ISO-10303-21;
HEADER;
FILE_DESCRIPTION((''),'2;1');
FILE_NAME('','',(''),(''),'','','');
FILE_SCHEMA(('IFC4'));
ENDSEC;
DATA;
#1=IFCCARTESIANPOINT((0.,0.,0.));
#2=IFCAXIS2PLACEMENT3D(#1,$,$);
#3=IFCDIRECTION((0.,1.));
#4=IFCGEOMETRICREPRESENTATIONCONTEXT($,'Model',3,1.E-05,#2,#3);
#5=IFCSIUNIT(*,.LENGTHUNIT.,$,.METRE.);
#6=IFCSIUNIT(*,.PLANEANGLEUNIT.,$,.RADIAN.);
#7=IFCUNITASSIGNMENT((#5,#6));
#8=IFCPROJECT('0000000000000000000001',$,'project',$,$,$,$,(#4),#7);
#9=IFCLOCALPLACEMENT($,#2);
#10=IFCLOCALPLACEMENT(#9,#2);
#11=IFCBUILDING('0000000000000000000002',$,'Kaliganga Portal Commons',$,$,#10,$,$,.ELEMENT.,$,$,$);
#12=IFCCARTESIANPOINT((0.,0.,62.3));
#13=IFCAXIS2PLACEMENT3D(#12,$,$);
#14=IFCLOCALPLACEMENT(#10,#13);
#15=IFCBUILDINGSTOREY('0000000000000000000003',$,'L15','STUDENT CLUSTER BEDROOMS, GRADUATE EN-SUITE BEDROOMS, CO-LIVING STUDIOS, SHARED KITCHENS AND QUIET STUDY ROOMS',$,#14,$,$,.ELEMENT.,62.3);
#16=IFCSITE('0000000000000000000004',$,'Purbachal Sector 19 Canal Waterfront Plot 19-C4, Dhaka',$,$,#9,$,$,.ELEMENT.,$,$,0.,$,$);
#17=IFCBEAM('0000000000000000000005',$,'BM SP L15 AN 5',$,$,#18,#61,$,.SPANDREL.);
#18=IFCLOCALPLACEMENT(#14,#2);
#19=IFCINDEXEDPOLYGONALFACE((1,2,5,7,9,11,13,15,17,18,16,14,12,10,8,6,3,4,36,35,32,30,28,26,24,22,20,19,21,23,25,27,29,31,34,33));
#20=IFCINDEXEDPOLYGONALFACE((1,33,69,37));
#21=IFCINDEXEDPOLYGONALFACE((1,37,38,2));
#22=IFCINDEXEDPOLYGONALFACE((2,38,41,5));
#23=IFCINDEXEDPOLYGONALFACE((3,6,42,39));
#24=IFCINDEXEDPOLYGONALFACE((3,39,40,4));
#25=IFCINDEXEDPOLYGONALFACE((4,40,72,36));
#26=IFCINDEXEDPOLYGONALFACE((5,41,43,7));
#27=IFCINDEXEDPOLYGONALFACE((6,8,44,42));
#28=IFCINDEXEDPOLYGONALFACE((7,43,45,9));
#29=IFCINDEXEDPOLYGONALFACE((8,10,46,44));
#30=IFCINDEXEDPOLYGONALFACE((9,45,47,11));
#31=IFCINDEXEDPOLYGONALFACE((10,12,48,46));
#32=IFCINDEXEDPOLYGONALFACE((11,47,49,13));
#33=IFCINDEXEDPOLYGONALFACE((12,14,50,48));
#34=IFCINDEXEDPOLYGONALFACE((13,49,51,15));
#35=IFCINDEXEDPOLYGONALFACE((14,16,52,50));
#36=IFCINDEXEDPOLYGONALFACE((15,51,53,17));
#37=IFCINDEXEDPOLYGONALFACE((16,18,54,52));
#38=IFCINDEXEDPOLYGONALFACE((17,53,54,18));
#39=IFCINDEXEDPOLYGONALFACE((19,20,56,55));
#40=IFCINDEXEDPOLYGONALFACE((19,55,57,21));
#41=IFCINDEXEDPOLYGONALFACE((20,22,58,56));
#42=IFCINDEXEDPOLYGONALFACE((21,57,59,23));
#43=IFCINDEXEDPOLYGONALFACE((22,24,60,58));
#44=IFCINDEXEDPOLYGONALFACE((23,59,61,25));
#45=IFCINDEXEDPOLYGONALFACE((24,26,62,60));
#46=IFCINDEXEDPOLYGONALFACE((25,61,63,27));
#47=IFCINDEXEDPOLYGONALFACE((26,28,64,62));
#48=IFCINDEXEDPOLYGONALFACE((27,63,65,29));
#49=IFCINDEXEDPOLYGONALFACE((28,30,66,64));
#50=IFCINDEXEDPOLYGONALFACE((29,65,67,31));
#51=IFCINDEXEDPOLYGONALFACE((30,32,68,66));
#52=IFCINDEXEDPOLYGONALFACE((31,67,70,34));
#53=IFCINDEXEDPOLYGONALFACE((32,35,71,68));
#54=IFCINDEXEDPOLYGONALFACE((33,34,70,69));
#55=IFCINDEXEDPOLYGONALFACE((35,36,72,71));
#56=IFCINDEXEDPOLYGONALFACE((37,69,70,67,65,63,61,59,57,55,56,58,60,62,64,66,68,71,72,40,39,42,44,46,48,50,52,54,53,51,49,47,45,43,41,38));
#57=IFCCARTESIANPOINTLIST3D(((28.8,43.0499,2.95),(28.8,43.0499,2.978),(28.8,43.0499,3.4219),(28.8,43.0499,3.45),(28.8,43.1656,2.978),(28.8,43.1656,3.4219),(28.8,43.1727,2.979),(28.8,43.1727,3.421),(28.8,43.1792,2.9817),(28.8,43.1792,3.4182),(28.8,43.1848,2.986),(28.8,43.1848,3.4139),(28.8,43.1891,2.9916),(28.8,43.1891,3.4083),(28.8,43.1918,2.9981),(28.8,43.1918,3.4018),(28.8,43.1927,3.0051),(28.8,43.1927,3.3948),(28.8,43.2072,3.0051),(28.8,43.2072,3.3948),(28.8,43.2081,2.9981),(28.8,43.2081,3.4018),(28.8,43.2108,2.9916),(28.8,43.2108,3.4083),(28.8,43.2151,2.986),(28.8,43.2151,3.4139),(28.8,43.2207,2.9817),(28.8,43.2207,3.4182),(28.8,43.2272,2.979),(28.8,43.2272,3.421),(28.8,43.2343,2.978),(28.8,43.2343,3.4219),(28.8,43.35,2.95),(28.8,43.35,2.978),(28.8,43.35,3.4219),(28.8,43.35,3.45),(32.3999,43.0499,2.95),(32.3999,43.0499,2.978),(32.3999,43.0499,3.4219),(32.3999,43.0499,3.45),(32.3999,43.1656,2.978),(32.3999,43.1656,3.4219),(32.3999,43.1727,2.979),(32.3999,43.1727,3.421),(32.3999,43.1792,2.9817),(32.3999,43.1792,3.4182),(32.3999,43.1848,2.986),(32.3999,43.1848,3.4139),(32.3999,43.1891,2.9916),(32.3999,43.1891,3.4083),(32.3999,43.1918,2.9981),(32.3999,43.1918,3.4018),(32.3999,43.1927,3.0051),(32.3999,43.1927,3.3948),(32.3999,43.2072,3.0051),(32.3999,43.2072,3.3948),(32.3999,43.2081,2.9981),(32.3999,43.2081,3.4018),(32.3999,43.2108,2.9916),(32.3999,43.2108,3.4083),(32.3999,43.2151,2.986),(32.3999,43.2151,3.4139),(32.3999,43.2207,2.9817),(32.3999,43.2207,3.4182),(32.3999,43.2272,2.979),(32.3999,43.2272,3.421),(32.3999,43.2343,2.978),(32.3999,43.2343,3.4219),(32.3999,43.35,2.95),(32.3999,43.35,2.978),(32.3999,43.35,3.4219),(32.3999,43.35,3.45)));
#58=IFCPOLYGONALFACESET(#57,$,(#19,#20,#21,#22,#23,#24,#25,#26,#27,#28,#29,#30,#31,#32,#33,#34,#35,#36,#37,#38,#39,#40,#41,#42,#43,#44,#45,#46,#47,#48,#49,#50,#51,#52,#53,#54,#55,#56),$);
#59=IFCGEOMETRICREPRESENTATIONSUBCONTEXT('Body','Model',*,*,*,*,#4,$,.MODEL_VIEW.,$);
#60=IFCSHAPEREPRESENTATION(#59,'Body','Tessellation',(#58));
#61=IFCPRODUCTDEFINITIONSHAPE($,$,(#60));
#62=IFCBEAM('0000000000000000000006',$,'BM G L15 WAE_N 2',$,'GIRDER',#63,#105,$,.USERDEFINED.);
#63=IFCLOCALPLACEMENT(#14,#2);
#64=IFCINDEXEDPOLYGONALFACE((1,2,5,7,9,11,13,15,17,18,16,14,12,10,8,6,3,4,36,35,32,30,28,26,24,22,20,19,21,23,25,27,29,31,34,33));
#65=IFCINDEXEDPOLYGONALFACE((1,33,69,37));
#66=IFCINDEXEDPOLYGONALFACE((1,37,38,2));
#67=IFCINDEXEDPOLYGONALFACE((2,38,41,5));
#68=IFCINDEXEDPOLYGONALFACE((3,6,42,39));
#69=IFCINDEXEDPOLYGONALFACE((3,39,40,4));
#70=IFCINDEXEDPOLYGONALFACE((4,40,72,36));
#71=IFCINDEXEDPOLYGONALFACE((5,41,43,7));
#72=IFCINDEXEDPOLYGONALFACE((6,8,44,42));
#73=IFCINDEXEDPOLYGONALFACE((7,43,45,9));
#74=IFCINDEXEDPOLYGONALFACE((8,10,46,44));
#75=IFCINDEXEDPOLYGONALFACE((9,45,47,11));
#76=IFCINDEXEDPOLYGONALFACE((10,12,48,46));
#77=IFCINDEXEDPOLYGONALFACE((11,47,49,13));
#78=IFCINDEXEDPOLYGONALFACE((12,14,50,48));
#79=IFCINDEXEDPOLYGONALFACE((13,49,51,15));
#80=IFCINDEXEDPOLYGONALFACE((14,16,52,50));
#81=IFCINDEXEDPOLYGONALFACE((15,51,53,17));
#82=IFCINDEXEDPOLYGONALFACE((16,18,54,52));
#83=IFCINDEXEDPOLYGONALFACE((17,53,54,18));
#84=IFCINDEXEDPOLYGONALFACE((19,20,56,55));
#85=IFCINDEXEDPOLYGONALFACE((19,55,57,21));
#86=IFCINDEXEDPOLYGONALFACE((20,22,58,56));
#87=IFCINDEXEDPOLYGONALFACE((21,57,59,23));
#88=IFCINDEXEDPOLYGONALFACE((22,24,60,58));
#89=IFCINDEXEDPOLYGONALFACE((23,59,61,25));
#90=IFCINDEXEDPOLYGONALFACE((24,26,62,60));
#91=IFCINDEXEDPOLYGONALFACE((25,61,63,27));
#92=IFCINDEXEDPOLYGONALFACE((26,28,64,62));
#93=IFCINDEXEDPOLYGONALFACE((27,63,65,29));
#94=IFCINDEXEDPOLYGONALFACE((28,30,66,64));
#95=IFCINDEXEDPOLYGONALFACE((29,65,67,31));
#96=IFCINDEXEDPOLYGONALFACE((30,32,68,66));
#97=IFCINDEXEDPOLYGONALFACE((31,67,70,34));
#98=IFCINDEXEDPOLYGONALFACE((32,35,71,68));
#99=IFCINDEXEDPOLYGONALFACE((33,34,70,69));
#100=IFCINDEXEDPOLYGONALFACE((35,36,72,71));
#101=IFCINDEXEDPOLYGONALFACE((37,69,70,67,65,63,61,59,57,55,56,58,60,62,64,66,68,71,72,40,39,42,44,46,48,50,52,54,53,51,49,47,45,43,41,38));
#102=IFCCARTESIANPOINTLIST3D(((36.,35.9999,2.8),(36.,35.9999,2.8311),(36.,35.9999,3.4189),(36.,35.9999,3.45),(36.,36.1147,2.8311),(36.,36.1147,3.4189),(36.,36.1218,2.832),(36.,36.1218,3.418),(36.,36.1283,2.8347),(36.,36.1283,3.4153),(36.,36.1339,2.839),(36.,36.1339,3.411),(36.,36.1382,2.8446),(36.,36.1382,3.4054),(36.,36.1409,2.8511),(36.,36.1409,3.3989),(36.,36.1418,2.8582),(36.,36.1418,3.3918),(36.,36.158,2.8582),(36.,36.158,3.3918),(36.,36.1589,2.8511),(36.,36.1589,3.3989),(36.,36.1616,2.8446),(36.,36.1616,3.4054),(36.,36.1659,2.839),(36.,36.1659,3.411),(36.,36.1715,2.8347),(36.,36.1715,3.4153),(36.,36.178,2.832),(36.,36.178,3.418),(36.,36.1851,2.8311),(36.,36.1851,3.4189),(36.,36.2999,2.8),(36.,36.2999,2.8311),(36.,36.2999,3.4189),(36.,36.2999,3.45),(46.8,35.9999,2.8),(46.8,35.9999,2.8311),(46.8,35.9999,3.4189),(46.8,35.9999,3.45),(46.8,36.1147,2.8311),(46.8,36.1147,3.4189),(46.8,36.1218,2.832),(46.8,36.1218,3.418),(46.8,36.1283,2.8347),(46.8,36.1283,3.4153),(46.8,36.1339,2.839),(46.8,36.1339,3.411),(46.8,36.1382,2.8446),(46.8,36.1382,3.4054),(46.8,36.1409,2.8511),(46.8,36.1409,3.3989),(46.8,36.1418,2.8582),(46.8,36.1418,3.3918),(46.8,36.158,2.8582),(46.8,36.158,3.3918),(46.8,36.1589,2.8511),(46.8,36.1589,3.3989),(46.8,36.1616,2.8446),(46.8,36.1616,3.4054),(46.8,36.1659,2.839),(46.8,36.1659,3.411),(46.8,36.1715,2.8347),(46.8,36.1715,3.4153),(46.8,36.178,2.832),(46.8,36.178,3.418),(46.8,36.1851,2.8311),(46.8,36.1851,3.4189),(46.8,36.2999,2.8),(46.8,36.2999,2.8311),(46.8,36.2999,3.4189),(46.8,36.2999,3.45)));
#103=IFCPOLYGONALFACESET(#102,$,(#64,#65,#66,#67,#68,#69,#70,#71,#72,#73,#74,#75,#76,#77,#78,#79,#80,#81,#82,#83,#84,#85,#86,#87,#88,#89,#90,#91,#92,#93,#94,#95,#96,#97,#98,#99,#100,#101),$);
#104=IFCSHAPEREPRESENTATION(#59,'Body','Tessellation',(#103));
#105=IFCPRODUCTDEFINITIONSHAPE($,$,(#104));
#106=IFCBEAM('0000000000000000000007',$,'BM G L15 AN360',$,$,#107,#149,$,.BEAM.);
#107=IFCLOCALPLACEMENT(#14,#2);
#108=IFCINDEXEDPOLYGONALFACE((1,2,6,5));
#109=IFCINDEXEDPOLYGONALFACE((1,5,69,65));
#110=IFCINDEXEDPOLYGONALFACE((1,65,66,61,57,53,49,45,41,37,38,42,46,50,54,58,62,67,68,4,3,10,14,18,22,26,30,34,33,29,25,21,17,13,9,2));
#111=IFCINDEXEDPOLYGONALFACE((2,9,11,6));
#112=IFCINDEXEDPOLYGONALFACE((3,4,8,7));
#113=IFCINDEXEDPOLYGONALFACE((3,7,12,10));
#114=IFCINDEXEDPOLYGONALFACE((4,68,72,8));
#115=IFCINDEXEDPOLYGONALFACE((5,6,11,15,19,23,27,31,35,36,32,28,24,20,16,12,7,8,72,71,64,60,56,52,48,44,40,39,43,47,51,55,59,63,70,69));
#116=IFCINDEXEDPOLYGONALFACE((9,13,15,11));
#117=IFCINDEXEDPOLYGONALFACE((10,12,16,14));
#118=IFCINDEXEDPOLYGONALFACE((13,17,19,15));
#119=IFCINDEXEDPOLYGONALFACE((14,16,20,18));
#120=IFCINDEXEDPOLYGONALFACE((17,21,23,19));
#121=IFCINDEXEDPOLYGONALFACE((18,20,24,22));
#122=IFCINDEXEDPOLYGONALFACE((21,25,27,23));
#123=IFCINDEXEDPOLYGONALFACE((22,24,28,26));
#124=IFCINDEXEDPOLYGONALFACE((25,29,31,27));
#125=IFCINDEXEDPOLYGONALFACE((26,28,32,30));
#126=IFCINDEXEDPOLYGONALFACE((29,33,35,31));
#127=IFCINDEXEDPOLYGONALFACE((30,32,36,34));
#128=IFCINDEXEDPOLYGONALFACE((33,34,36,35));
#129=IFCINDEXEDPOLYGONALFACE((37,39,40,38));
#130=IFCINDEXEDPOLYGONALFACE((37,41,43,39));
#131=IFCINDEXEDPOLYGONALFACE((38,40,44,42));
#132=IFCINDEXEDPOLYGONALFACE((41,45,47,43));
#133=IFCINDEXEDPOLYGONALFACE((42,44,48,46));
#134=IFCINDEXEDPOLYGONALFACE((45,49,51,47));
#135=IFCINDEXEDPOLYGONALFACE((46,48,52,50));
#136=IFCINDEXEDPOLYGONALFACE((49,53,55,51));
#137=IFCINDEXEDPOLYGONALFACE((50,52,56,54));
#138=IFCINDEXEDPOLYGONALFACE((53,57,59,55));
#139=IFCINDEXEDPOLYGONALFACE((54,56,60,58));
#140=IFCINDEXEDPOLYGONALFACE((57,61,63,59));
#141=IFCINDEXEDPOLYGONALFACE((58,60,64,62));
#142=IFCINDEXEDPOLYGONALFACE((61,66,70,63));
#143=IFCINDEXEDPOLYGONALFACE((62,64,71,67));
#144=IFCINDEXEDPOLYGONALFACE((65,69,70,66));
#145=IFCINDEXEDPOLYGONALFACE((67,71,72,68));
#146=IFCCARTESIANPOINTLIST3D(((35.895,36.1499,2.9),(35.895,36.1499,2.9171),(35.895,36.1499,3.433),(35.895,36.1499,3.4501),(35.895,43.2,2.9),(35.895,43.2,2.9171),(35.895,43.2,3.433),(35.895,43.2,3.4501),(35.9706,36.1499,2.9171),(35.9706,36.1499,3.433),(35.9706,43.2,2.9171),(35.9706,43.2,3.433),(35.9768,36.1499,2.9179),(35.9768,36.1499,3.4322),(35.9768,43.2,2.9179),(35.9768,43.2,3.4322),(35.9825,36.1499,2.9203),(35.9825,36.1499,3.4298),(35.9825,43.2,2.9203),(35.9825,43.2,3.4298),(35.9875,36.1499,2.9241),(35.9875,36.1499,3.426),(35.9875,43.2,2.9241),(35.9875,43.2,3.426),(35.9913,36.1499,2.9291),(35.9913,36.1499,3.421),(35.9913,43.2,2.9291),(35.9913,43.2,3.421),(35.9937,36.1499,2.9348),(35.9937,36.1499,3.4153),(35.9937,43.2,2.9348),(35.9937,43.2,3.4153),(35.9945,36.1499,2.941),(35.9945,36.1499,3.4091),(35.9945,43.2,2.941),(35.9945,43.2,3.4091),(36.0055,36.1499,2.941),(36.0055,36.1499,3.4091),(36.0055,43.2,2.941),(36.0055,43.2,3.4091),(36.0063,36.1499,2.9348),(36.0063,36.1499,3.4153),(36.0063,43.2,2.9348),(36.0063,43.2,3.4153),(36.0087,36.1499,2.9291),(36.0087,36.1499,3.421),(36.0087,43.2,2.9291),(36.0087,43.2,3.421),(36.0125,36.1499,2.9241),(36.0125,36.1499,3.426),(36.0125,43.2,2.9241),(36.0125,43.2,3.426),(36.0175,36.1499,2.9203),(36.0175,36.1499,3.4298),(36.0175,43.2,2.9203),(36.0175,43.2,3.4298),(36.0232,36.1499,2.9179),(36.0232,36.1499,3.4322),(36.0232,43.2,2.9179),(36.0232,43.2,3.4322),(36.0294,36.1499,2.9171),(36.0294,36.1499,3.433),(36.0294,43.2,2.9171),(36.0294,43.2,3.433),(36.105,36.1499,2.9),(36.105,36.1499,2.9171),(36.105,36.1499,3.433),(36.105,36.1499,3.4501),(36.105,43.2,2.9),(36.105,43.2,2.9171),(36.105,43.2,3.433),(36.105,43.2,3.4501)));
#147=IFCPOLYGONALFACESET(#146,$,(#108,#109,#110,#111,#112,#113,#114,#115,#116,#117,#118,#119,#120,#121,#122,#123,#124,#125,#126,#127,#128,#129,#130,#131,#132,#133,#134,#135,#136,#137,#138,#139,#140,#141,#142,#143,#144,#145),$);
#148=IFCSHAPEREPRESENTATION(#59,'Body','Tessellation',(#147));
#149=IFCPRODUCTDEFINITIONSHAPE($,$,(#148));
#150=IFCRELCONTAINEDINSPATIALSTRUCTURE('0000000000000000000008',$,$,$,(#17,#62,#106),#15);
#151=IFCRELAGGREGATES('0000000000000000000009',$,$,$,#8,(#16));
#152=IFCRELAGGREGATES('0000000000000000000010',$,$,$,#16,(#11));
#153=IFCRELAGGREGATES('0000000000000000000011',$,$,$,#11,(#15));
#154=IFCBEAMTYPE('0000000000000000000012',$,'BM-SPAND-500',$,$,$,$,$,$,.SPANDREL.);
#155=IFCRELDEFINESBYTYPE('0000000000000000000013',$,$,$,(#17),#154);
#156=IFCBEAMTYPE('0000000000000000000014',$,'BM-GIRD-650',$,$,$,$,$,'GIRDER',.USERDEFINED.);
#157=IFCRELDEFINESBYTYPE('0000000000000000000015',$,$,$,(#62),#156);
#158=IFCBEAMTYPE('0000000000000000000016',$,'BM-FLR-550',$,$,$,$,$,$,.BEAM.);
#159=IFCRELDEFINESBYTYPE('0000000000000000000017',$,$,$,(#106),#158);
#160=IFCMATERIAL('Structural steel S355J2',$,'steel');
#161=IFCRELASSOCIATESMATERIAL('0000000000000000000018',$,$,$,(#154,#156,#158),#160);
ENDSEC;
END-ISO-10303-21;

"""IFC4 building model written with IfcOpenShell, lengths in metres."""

from ifc_helpers import new_model, si_unit, direction, frame, origin, origin_2d, place, context, subcontext, project, spatial, i_section, extrude, source, transform, mapped, material, material_profile, profile_set, type_object, element, save


model = new_model("IFC4")

# Units and contexts
model_context = context("Model", 3, precision=1e-05, world=origin(), true_north=direction((0.0, 1.0)))
body_context = subcontext(model_context, "Body", "Model", "MODEL_VIEW")
ifc_project = project(units=[si_unit("LENGTHUNIT", "METRE"), si_unit("PLANEANGLEUNIT", "RADIAN")], contexts=[model_context])

# Site, building, storey
site_placement = place(None, origin())
site = spatial("IfcSite", under=ifc_project, at=site_placement, Name="Purbachal Sector 19 Canal Waterfront Plot 19-C4, Dhaka", CompositionType="ELEMENT", RefElevation=0.0)
building_placement = place(site_placement, origin())
building = spatial("IfcBuilding", under=site, at=building_placement, Name="Kaliganga Portal Commons", CompositionType="ELEMENT")
storey_placement = place(building_placement, frame((0.0, 0.0, 62.3)))
storey = spatial("IfcBuildingStorey", under=building, at=storey_placement, Name="L15", Description="STUDENT CLUSTER BEDROOMS, GRADUATE EN-SUITE BEDROOMS, CO-LIVING STUDIOS, SHARED KITCHENS AND QUIET STUDY ROOMS", CompositionType="ELEMENT", Elevation=62.3)

# Beams
ifc_material_1 = material(Name="Structural steel S355J2", Category="steel")
ifc_material_profile_1 = material_profile(ifc_material_1, i_section(OverallWidth=0.3, OverallDepth=0.5, WebThickness=0.0144, FlangeThickness=0.0281, FilletRadius=0.0271, at=origin_2d()), Name="HE 500 B")
ifc_profile_set_1 = profile_set([ifc_material_profile_1], Name="Structural steel S355J2 wide-flange")
beam_type_1 = type_object("IfcBeamType", Name="BM-SPAND-500", PredefinedType="SPANDREL", material=ifc_profile_set_1)
shared_shape_1 = source(origin(), body_context, "Body", "SweptSolid", [
    extrude(i_section(OverallWidth=0.3, OverallDepth=0.5, WebThickness=0.0144, FlangeThickness=0.0281, FilletRadius=0.0271, at=origin_2d()), origin(), (0.0, 0.0, 1.0), 3.5999),
])
beam_1_placement = place(storey_placement, frame((28.8, 43.2, 3.2), z_axis=(1.0, 0.0, 0.0), x_axis=(0.0, 1.0, 0.0)))
element("IfcBeam", 1, at=beam_1_placement, inside=storey, type_object=beam_type_1, Name="BM SP L15 AN 5", PredefinedType="SPANDREL", context=body_context, shape_type="MappedRepresentation", body=[
    mapped(shared_shape_1, transform((0.0, 0.0, 0.0), x_axis=(1.0, 0.0, 0.0), y_axis=(0.0, 1.0, 0.0), z_axis=(0.0, 0.0, 1.0), scale=1.0)),
])
ifc_material_profile_2 = material_profile(ifc_material_1, i_section(OverallWidth=0.3, OverallDepth=0.6499, WebThickness=0.0161, FlangeThickness=0.031, FilletRadius=0.0271, at=origin_2d()), Name="HE 650 B")
ifc_profile_set_2 = profile_set([ifc_material_profile_2], Name="Structural steel S355J2 wide-flange")
beam_type_2 = type_object("IfcBeamType", Name="BM-GIRD-650", ElementType="GIRDER", PredefinedType="USERDEFINED", material=ifc_profile_set_2)
shared_shape_2 = source(origin(), body_context, "Body", "SweptSolid", [
    extrude(i_section(OverallWidth=0.3, OverallDepth=0.6499, WebThickness=0.0161, FlangeThickness=0.031, FilletRadius=0.0271, at=origin_2d()), origin(), (0.0, 0.0, 1.0), 10.8),
])
beam_2_placement = place(storey_placement, frame((36.0, 36.1499, 3.125), z_axis=(1.0, 0.0, 0.0), x_axis=(0.0, 1.0, 0.0)))
element("IfcBeam", 2, at=beam_2_placement, inside=storey, type_object=beam_type_2, Name="BM G L15 WAE_N 2", ObjectType="GIRDER", PredefinedType="USERDEFINED", context=body_context, shape_type="MappedRepresentation", body=[
    mapped(shared_shape_2, transform((0.0, 0.0, 0.0), x_axis=(1.0, 0.0, 0.0), y_axis=(0.0, 1.0, 0.0), z_axis=(0.0, 0.0, 1.0), scale=1.0)),
])
ifc_material_profile_3 = material_profile(ifc_material_1, i_section(OverallWidth=0.21, OverallDepth=0.55, WebThickness=0.011, FlangeThickness=0.0171, FilletRadius=0.0239, at=origin_2d()), Name="IPE 550")
ifc_profile_set_3 = profile_set([ifc_material_profile_3], Name="Structural steel S355J2 wide-flange")
beam_type_3 = type_object("IfcBeamType", Name="BM-FLR-550", PredefinedType="BEAM", material=ifc_profile_set_3)
shared_shape_3 = source(origin(), body_context, "Body", "SweptSolid", [
    extrude(i_section(OverallWidth=0.21, OverallDepth=0.55, WebThickness=0.011, FlangeThickness=0.0171, FilletRadius=0.0239, at=origin_2d()), origin(), (0.0, 0.0, 1.0), 7.05),
])
beam_3_placement = place(storey_placement, frame((36.0, 36.1499, 3.175), z_axis=(0.0, 1.0, 0.0), x_axis=(-1.0, 0.0, 0.0)))
element("IfcBeam", 3, at=beam_3_placement, inside=storey, type_object=beam_type_3, Name="BM G L15 AN360", PredefinedType="BEAM", context=body_context, shape_type="MappedRepresentation", body=[
    mapped(shared_shape_3, transform((0.0, 0.0, 0.0), x_axis=(1.0, 0.0, 0.0), y_axis=(0.0, 1.0, 0.0), z_axis=(0.0, 0.0, 1.0), scale=1.0)),
])

save(model, "model.ifc")
